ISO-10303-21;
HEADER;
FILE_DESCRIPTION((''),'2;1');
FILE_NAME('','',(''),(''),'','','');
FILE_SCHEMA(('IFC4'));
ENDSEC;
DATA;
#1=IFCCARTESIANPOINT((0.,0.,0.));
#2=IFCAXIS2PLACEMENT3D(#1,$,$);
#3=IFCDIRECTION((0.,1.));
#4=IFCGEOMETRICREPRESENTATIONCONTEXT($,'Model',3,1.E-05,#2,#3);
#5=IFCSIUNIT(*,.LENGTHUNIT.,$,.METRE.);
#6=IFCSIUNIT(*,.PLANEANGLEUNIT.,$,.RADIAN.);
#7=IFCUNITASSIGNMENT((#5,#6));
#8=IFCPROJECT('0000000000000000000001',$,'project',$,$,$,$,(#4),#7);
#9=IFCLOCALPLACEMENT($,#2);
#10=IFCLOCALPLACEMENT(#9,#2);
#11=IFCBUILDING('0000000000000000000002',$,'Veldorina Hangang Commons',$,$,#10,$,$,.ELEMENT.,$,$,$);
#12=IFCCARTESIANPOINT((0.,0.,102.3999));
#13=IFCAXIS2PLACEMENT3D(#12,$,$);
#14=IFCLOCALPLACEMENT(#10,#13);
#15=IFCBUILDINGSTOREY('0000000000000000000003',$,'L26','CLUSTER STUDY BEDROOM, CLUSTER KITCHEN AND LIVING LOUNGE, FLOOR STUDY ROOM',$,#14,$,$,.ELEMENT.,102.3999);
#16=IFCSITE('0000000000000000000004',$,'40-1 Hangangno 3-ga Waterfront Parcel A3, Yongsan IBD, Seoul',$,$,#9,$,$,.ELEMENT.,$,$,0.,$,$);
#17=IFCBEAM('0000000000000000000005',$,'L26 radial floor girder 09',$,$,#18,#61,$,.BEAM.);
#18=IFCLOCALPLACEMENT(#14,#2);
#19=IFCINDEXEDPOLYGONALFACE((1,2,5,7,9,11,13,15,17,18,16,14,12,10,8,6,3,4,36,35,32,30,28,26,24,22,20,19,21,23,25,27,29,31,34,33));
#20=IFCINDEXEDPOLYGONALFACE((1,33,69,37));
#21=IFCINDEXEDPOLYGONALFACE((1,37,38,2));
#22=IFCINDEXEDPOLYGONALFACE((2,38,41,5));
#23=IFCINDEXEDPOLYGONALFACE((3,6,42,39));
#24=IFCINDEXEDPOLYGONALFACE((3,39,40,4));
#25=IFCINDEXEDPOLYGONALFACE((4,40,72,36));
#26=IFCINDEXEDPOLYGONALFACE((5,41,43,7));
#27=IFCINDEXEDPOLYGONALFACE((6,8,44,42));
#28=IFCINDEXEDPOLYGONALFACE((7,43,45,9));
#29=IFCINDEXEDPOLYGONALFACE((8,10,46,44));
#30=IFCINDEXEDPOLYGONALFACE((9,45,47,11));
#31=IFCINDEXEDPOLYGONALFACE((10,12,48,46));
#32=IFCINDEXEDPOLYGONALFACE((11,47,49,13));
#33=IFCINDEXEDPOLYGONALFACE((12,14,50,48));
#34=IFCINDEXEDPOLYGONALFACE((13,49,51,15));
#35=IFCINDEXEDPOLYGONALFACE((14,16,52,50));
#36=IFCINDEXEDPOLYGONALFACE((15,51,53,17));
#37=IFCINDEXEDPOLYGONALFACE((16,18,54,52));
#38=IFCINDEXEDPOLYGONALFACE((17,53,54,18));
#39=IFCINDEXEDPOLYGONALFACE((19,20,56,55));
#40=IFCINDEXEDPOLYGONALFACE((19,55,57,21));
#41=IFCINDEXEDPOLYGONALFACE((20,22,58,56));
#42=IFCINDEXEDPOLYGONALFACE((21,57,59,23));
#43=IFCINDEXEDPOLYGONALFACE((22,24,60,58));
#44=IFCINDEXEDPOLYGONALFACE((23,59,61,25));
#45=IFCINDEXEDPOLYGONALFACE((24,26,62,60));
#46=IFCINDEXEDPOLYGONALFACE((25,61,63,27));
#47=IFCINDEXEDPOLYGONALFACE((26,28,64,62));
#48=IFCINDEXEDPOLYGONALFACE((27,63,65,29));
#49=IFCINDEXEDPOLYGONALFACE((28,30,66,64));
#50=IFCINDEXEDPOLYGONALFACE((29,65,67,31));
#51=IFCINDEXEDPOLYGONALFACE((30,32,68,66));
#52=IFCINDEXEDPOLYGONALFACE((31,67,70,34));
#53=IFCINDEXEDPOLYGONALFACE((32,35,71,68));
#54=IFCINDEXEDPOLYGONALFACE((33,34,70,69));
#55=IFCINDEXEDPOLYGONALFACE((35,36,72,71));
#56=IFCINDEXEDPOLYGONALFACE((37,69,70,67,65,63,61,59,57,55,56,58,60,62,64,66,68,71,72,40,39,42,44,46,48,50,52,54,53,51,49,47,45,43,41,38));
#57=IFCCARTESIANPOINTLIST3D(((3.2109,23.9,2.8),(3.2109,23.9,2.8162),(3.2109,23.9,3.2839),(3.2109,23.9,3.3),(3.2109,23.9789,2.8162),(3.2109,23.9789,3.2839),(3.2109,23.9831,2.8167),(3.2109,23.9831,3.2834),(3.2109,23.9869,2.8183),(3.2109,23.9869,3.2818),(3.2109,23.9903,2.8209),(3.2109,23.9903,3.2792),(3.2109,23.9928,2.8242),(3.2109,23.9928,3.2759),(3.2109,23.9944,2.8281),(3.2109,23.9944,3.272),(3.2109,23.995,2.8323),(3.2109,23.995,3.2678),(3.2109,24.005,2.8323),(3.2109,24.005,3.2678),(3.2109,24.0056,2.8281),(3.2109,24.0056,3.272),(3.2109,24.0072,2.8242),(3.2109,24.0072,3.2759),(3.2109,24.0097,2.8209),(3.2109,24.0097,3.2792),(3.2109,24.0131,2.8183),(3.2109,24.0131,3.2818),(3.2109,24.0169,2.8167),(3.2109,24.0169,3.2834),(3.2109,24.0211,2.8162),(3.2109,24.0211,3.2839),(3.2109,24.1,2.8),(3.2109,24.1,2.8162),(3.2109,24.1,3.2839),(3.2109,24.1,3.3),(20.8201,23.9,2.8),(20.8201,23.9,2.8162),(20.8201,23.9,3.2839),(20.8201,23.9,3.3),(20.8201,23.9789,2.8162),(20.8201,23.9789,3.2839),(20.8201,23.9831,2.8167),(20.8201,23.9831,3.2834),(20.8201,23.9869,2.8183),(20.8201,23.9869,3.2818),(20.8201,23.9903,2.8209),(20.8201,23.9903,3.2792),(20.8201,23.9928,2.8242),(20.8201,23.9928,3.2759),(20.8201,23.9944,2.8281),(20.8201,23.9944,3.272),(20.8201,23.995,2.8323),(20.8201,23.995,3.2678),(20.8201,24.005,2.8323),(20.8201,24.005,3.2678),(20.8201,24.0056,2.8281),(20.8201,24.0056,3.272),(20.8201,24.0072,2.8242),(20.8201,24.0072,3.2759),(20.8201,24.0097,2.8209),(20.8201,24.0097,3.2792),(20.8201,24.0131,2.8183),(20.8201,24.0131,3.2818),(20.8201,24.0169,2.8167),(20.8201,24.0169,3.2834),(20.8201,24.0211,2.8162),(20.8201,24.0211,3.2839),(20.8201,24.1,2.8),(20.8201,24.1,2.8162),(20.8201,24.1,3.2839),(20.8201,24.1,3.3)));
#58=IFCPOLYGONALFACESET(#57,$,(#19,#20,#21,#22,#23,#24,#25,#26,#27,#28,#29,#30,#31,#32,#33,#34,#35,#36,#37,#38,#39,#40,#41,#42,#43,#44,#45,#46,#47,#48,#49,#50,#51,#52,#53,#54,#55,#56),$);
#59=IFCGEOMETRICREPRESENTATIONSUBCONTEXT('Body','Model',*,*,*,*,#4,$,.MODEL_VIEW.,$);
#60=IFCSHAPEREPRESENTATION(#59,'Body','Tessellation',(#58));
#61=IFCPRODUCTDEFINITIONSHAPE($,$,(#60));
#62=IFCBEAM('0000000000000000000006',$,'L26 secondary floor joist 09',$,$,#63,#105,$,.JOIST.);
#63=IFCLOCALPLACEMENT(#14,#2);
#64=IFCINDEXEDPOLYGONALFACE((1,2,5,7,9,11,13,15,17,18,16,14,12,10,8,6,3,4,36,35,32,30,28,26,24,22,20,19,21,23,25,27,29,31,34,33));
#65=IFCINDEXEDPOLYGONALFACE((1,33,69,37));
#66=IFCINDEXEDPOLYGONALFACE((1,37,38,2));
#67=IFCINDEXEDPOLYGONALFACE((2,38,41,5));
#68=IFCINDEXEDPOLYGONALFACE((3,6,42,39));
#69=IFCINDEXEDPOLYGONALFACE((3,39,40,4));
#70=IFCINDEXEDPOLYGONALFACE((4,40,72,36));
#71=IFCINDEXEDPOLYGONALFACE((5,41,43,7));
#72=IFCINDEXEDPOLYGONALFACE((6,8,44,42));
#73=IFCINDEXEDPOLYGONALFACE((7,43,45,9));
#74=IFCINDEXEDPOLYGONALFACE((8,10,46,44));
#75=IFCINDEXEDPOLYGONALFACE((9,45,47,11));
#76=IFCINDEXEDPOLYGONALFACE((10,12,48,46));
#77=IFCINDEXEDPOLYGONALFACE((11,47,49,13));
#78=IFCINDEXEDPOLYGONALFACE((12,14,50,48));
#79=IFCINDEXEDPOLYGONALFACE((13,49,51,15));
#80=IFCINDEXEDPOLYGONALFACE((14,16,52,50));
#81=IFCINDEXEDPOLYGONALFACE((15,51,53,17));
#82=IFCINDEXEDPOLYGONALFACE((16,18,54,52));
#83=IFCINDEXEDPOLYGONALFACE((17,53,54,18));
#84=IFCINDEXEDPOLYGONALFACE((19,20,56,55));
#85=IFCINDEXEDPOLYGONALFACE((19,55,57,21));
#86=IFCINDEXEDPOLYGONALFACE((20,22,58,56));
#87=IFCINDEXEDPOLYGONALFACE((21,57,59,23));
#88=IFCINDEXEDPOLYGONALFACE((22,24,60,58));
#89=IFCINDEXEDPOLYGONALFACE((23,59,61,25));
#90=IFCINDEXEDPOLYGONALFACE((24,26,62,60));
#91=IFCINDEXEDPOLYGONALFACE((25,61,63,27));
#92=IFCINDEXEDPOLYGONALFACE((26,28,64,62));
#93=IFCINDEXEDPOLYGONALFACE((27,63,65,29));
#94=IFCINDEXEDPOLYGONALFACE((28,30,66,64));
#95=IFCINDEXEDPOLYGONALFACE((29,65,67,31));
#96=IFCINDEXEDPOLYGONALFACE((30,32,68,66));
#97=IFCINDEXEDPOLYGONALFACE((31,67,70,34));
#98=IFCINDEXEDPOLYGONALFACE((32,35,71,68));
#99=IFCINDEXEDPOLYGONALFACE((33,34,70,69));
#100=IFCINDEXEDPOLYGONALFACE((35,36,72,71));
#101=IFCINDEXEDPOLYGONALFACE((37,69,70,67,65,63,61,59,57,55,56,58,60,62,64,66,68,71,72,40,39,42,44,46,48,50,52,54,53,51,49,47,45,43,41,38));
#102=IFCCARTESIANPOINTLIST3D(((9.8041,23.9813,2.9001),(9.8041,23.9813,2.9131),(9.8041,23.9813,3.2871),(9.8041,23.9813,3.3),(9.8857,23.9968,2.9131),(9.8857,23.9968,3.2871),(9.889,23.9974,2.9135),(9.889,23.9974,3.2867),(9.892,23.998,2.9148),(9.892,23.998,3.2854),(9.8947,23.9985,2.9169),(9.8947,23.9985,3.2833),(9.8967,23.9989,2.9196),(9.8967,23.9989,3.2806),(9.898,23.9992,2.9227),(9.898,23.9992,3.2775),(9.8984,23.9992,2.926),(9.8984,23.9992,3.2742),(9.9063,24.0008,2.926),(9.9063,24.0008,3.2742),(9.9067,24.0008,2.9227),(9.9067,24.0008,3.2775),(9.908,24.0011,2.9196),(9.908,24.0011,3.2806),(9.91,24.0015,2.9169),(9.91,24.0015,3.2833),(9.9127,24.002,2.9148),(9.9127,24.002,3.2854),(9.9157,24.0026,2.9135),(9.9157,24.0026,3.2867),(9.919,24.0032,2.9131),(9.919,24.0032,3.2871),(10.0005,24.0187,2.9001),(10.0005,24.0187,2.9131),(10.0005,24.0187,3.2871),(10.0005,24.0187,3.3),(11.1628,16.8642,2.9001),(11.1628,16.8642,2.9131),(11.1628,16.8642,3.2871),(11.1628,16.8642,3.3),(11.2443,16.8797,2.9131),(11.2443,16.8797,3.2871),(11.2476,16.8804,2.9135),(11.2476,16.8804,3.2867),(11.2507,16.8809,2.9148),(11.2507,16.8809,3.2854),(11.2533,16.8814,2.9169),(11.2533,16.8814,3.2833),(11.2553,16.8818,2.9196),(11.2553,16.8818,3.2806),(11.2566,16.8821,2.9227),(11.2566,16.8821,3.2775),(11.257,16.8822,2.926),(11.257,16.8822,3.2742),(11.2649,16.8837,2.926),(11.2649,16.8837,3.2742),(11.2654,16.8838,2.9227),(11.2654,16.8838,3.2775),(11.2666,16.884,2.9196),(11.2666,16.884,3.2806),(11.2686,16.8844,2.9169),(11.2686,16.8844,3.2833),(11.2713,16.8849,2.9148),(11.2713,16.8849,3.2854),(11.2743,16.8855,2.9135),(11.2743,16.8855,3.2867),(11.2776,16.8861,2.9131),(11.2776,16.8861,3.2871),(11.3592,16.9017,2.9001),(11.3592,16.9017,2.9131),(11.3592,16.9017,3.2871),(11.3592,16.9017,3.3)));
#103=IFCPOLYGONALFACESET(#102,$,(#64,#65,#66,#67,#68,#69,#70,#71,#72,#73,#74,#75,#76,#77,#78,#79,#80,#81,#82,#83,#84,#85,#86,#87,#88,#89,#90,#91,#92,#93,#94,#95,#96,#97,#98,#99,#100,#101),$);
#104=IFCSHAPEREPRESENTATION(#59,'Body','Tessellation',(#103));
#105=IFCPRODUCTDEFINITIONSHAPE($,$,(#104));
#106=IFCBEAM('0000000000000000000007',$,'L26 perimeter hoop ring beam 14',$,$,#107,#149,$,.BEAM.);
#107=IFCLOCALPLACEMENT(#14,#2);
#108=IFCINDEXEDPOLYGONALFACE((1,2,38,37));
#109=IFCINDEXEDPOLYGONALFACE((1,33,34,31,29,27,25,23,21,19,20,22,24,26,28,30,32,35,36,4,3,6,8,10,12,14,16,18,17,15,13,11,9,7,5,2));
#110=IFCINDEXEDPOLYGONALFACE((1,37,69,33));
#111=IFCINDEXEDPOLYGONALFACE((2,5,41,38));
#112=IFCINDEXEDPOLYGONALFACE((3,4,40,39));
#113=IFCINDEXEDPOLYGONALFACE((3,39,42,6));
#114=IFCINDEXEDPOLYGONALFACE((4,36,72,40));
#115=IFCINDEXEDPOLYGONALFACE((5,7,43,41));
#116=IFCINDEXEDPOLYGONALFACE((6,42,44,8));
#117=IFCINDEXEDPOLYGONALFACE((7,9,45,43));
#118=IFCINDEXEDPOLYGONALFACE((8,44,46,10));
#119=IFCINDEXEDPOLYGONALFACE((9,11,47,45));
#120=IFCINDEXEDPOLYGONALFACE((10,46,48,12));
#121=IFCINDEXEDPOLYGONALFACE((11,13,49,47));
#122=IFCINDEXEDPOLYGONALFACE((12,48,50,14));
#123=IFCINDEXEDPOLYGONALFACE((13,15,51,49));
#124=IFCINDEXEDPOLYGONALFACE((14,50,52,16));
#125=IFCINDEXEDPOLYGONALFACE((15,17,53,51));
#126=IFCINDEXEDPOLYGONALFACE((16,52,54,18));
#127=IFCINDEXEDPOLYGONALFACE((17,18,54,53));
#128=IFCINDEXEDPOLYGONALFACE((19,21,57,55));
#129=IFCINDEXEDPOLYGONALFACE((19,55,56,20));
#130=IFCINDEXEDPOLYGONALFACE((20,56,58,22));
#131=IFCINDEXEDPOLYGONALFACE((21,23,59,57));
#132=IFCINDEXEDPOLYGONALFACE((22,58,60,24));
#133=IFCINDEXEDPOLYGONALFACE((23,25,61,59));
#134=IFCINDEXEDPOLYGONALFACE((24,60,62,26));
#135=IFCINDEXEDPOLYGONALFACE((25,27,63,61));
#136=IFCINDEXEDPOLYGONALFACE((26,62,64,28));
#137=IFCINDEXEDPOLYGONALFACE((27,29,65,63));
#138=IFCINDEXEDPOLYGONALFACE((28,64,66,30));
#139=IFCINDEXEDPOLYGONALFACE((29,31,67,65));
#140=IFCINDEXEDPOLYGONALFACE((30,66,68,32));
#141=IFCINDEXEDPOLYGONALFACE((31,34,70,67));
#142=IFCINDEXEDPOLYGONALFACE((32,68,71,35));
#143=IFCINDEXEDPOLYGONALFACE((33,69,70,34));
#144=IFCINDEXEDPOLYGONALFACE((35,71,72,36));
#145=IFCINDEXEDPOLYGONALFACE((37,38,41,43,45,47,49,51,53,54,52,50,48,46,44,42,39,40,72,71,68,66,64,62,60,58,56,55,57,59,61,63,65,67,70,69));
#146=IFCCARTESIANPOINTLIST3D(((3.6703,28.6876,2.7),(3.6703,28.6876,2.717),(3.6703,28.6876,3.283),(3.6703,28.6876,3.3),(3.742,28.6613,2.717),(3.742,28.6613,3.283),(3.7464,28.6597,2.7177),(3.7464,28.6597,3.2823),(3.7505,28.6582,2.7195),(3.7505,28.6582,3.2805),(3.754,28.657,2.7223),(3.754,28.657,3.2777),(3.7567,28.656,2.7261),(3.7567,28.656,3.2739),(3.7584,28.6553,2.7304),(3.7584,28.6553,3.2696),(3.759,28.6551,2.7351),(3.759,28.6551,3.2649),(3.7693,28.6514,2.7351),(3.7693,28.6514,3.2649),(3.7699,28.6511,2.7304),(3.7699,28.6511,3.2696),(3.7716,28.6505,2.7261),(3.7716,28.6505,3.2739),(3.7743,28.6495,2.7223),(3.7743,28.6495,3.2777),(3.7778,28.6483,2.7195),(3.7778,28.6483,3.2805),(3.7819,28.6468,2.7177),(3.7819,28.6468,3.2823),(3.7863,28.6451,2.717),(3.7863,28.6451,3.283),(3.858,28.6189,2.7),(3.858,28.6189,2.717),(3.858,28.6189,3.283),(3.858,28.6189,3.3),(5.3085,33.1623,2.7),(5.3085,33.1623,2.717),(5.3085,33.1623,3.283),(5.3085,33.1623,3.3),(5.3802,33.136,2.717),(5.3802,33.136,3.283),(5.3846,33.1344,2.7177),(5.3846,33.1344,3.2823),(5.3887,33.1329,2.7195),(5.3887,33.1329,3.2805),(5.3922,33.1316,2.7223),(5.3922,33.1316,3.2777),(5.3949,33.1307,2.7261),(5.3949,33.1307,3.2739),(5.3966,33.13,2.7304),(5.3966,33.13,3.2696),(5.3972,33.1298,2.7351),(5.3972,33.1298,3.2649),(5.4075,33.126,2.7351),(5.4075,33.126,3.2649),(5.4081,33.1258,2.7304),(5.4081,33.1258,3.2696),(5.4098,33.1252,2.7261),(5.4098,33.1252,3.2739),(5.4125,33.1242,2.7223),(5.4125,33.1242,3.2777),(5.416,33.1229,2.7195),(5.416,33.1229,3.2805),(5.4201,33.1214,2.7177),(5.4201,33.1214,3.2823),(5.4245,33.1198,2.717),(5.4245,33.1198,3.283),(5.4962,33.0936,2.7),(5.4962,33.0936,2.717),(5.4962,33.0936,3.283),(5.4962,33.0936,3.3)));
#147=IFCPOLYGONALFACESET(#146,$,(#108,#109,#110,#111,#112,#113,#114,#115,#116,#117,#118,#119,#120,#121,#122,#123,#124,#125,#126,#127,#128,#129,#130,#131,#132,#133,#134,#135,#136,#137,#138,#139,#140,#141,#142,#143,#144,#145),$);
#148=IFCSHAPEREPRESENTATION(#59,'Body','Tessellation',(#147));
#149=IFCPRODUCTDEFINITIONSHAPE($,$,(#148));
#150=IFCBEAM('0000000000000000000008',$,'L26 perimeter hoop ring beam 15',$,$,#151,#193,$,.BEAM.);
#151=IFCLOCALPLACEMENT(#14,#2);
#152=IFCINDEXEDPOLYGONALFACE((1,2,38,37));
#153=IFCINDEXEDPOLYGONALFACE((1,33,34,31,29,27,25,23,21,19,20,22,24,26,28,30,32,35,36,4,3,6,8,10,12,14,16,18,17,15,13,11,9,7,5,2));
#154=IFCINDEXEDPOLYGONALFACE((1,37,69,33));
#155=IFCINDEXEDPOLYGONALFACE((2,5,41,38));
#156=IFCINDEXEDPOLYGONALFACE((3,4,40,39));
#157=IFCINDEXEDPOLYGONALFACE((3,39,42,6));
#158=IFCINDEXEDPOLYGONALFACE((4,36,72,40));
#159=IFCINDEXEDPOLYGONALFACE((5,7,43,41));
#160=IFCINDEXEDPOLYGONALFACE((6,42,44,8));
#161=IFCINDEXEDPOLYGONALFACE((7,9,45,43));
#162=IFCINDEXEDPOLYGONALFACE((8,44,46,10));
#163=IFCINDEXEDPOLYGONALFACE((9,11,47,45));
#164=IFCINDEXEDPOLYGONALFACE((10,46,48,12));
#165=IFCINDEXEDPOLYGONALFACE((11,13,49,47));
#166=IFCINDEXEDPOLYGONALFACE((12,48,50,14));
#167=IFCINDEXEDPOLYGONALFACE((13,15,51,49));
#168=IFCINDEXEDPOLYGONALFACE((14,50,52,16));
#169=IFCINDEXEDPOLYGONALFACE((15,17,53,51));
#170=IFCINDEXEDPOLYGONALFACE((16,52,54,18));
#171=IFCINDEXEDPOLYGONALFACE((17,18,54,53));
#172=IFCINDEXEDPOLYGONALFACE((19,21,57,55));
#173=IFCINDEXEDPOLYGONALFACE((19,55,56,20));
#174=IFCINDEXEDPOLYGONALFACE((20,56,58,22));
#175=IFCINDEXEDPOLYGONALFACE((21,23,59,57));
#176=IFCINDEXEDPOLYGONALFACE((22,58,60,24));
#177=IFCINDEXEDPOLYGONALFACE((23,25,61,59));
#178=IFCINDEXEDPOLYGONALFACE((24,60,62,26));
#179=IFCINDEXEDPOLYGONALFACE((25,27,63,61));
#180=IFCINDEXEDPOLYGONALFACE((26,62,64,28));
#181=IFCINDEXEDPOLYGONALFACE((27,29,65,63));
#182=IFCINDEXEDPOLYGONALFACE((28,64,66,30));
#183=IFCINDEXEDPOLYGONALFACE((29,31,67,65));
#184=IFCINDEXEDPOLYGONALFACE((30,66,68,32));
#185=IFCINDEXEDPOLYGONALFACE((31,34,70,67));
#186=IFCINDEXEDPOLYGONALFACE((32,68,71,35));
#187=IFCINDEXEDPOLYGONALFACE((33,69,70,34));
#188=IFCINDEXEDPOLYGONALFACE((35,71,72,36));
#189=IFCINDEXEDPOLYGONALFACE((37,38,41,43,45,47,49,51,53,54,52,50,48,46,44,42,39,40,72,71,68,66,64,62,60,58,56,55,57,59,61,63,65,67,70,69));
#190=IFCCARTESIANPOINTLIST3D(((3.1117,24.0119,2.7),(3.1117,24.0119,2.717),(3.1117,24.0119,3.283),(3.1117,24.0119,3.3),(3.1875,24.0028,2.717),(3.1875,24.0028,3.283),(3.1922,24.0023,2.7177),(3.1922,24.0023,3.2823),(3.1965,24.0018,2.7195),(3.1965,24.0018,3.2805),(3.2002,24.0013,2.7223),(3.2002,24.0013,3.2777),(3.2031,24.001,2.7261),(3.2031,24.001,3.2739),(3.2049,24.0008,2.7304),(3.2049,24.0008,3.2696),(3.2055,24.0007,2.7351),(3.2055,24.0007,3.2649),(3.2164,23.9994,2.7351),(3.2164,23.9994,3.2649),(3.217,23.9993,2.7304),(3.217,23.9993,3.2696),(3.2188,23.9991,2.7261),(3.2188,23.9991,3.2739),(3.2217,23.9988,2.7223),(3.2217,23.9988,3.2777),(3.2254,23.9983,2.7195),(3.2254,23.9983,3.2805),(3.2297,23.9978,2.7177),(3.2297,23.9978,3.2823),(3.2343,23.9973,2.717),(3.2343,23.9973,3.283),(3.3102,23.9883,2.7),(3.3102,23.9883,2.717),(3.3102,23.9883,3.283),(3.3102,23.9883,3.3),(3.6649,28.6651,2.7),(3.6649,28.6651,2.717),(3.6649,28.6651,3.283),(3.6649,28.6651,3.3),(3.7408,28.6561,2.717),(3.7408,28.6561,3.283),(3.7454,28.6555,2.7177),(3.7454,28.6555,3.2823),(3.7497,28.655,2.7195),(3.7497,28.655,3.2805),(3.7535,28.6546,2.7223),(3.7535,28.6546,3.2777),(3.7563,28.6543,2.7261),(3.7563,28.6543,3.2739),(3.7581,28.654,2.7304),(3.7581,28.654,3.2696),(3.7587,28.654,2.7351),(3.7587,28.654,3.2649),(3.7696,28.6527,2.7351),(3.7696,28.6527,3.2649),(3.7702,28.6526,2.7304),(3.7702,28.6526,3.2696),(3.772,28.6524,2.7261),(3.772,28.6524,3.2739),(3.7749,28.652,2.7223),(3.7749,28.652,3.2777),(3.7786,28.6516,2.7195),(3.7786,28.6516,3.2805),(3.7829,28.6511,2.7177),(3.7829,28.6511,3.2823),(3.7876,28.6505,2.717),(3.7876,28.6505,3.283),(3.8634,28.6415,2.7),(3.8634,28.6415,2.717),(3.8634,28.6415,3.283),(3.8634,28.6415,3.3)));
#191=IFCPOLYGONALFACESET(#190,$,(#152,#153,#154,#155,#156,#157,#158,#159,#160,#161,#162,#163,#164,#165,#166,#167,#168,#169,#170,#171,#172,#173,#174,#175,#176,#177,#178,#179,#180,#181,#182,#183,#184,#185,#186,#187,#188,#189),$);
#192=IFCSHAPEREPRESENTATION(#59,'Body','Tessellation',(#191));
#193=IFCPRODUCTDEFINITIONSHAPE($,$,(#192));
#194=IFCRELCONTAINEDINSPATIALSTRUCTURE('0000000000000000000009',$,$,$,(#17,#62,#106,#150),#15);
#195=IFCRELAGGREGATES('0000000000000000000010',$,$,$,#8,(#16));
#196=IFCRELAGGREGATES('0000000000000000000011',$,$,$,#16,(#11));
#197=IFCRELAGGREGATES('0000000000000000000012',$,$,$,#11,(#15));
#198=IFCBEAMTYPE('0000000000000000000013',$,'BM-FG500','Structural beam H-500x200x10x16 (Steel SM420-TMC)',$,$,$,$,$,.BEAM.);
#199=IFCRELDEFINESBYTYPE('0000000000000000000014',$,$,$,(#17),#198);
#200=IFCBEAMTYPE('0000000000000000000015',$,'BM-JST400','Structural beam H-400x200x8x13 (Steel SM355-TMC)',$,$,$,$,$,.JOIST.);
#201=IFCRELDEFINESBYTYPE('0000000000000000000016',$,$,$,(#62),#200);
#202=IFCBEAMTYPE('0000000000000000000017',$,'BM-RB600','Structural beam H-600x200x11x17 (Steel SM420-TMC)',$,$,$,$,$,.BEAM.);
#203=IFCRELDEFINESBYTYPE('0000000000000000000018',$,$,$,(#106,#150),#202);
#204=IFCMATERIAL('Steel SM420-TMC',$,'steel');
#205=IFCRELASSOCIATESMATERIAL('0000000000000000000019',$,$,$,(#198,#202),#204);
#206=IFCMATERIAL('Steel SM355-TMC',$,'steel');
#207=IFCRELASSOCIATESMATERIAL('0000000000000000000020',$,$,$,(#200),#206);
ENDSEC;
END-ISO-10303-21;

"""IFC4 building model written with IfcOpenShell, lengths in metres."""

from ifc_helpers import new_model, si_unit, direction, frame, origin, origin_2d, place, context, subcontext, project, spatial, i_section, extrude, material, material_profile, profile_set, type_object, element, save


model = new_model("IFC4")

# Units and contexts
model_context = context("Model", 3, precision=1e-05, world=origin(), true_north=direction((0.0, 1.0)))
body_context = subcontext(model_context, "Body", "Model", "MODEL_VIEW")
ifc_project = project(units=[si_unit("LENGTHUNIT", "METRE"), si_unit("PLANEANGLEUNIT", "RADIAN")], contexts=[model_context])

# Site, building, storey
site_placement = place(None, origin())
site = spatial("IfcSite", under=ifc_project, at=site_placement, Name="40-1 Hangangno 3-ga Waterfront Parcel A3, Yongsan IBD, Seoul", CompositionType="ELEMENT", RefElevation=0.0)
building_placement = place(site_placement, origin())
building = spatial("IfcBuilding", under=site, at=building_placement, Name="Veldorina Hangang Commons", CompositionType="ELEMENT")
storey_placement = place(building_placement, frame((0.0, 0.0, 102.3999)))
storey = spatial("IfcBuildingStorey", under=building, at=storey_placement, Name="L26", Description="CLUSTER STUDY BEDROOM, CLUSTER KITCHEN AND LIVING LOUNGE, FLOOR STUDY ROOM", CompositionType="ELEMENT", Elevation=102.3999)

# Beams
ifc_material_1 = material(Name="Steel SM420-TMC", Category="steel")
ifc_material_profile_1 = material_profile(ifc_material_1, i_section(OverallWidth=0.2, OverallDepth=0.5, WebThickness=0.01, FlangeThickness=0.0161, FilletRadius=0.0161, at=origin_2d()), Name="H-500x200x10x16")
ifc_profile_set_1 = profile_set([ifc_material_profile_1], Name="Steel SM420-TMC")
beam_type_1 = type_object("IfcBeamType", Name="BM-FG500", Description="Structural beam H-500x200x10x16 (Steel SM420-TMC)", PredefinedType="BEAM", material=ifc_profile_set_1)
beam_1_placement = place(storey_placement, frame((20.8201, 24.0, 3.05), z_axis=(-1.0, 0.0, 0.0), x_axis=(0.0, -1.0, 0.0)))
element("IfcBeam", 1, at=beam_1_placement, inside=storey, type_object=beam_type_1, Name="L26 radial floor girder 09", PredefinedType="BEAM", context=body_context, shape_type="SweptSolid", body=[
    extrude(i_section(OverallWidth=0.2, OverallDepth=0.5, WebThickness=0.01, FlangeThickness=0.0161, FilletRadius=0.0161, at=origin_2d()), origin(), (0.0, 0.0, 1.0), 17.6091),
])
ifc_material_2 = material(Name="Steel SM355-TMC", Category="steel")
ifc_material_profile_2 = material_profile(ifc_material_2, i_section(OverallWidth=0.2, OverallDepth=0.3999, WebThickness=0.0081, FlangeThickness=0.0129, FilletRadius=0.0129, at=origin_2d()), Name="H-400x200x8x13")
ifc_profile_set_2 = profile_set([ifc_material_profile_2], Name="Steel SM355-TMC")
beam_type_2 = type_object("IfcBeamType", Name="BM-JST400", Description="Structural beam H-400x200x8x13 (Steel SM355-TMC)", PredefinedType="JOIST", material=ifc_profile_set_2)
beam_2_placement = place(storey_placement, frame((9.9023, 24.0, 3.1001), z_axis=(0.18751, -0.982263, 0.0), x_axis=(0.982263, 0.18751, 0.0)))
element("IfcBeam", 2, at=beam_2_placement, inside=storey, type_object=beam_type_2, Name="L26 secondary floor joist 09", PredefinedType="JOIST", context=body_context, shape_type="SweptSolid", body=[
    extrude(i_section(OverallWidth=0.2, OverallDepth=0.3999, WebThickness=0.0081, FlangeThickness=0.0129, FilletRadius=0.0129, at=origin_2d()), origin(), (0.0, 0.0, 1.0), 7.2456),
])
ifc_material_profile_3 = material_profile(ifc_material_1, i_section(OverallWidth=0.2, OverallDepth=0.6001, WebThickness=0.011, FlangeThickness=0.0171, FilletRadius=0.0181, at=origin_2d()), Name="H-600x200x11x17")
ifc_profile_set_3 = profile_set([ifc_material_profile_3], Name="Steel SM420-TMC")
beam_type_3 = type_object("IfcBeamType", Name="BM-RB600", Description="Structural beam H-600x200x11x17 (Steel SM420-TMC)", PredefinedType="BEAM", material=ifc_profile_set_3)
beam_3_placement = place(storey_placement, frame((5.4023, 33.1279, 3.0), z_axis=(-0.343791, -0.939046, 0.0), x_axis=(0.939046, -0.343791, 0.0)))
element("IfcBeam", 3, at=beam_3_placement, inside=storey, type_object=beam_type_3, Name="L26 perimeter hoop ring beam 14", PredefinedType="BEAM", context=body_context, shape_type="SweptSolid", body=[
    extrude(i_section(OverallWidth=0.2, OverallDepth=0.6001, WebThickness=0.011, FlangeThickness=0.0171, FilletRadius=0.0181, at=origin_2d()), origin(), (0.0, 0.0, 1.0), 4.7651),
])
for number, where, z_axis, x_axis, name in (
    (4, (3.7642, 28.6533, 3.0), (-0.118056, -0.993007, 0.0), (0.993007, -0.118056, 0.0), "L26 perimeter hoop ring beam 15"),
):
    element("IfcBeam", number, at=place(storey_placement, frame(where, z_axis=z_axis, x_axis=x_axis)), inside=storey, type_object=beam_type_3, Name=name, PredefinedType="BEAM", context=body_context, shape_type="SweptSolid", body=[
        extrude(i_section(OverallWidth=0.2, OverallDepth=0.6001, WebThickness=0.011, FlangeThickness=0.0171, FilletRadius=0.0181, at=origin_2d()), origin(), (0.0, 0.0, 1.0), 4.686),
    ])

save(model, "model.ifc")
